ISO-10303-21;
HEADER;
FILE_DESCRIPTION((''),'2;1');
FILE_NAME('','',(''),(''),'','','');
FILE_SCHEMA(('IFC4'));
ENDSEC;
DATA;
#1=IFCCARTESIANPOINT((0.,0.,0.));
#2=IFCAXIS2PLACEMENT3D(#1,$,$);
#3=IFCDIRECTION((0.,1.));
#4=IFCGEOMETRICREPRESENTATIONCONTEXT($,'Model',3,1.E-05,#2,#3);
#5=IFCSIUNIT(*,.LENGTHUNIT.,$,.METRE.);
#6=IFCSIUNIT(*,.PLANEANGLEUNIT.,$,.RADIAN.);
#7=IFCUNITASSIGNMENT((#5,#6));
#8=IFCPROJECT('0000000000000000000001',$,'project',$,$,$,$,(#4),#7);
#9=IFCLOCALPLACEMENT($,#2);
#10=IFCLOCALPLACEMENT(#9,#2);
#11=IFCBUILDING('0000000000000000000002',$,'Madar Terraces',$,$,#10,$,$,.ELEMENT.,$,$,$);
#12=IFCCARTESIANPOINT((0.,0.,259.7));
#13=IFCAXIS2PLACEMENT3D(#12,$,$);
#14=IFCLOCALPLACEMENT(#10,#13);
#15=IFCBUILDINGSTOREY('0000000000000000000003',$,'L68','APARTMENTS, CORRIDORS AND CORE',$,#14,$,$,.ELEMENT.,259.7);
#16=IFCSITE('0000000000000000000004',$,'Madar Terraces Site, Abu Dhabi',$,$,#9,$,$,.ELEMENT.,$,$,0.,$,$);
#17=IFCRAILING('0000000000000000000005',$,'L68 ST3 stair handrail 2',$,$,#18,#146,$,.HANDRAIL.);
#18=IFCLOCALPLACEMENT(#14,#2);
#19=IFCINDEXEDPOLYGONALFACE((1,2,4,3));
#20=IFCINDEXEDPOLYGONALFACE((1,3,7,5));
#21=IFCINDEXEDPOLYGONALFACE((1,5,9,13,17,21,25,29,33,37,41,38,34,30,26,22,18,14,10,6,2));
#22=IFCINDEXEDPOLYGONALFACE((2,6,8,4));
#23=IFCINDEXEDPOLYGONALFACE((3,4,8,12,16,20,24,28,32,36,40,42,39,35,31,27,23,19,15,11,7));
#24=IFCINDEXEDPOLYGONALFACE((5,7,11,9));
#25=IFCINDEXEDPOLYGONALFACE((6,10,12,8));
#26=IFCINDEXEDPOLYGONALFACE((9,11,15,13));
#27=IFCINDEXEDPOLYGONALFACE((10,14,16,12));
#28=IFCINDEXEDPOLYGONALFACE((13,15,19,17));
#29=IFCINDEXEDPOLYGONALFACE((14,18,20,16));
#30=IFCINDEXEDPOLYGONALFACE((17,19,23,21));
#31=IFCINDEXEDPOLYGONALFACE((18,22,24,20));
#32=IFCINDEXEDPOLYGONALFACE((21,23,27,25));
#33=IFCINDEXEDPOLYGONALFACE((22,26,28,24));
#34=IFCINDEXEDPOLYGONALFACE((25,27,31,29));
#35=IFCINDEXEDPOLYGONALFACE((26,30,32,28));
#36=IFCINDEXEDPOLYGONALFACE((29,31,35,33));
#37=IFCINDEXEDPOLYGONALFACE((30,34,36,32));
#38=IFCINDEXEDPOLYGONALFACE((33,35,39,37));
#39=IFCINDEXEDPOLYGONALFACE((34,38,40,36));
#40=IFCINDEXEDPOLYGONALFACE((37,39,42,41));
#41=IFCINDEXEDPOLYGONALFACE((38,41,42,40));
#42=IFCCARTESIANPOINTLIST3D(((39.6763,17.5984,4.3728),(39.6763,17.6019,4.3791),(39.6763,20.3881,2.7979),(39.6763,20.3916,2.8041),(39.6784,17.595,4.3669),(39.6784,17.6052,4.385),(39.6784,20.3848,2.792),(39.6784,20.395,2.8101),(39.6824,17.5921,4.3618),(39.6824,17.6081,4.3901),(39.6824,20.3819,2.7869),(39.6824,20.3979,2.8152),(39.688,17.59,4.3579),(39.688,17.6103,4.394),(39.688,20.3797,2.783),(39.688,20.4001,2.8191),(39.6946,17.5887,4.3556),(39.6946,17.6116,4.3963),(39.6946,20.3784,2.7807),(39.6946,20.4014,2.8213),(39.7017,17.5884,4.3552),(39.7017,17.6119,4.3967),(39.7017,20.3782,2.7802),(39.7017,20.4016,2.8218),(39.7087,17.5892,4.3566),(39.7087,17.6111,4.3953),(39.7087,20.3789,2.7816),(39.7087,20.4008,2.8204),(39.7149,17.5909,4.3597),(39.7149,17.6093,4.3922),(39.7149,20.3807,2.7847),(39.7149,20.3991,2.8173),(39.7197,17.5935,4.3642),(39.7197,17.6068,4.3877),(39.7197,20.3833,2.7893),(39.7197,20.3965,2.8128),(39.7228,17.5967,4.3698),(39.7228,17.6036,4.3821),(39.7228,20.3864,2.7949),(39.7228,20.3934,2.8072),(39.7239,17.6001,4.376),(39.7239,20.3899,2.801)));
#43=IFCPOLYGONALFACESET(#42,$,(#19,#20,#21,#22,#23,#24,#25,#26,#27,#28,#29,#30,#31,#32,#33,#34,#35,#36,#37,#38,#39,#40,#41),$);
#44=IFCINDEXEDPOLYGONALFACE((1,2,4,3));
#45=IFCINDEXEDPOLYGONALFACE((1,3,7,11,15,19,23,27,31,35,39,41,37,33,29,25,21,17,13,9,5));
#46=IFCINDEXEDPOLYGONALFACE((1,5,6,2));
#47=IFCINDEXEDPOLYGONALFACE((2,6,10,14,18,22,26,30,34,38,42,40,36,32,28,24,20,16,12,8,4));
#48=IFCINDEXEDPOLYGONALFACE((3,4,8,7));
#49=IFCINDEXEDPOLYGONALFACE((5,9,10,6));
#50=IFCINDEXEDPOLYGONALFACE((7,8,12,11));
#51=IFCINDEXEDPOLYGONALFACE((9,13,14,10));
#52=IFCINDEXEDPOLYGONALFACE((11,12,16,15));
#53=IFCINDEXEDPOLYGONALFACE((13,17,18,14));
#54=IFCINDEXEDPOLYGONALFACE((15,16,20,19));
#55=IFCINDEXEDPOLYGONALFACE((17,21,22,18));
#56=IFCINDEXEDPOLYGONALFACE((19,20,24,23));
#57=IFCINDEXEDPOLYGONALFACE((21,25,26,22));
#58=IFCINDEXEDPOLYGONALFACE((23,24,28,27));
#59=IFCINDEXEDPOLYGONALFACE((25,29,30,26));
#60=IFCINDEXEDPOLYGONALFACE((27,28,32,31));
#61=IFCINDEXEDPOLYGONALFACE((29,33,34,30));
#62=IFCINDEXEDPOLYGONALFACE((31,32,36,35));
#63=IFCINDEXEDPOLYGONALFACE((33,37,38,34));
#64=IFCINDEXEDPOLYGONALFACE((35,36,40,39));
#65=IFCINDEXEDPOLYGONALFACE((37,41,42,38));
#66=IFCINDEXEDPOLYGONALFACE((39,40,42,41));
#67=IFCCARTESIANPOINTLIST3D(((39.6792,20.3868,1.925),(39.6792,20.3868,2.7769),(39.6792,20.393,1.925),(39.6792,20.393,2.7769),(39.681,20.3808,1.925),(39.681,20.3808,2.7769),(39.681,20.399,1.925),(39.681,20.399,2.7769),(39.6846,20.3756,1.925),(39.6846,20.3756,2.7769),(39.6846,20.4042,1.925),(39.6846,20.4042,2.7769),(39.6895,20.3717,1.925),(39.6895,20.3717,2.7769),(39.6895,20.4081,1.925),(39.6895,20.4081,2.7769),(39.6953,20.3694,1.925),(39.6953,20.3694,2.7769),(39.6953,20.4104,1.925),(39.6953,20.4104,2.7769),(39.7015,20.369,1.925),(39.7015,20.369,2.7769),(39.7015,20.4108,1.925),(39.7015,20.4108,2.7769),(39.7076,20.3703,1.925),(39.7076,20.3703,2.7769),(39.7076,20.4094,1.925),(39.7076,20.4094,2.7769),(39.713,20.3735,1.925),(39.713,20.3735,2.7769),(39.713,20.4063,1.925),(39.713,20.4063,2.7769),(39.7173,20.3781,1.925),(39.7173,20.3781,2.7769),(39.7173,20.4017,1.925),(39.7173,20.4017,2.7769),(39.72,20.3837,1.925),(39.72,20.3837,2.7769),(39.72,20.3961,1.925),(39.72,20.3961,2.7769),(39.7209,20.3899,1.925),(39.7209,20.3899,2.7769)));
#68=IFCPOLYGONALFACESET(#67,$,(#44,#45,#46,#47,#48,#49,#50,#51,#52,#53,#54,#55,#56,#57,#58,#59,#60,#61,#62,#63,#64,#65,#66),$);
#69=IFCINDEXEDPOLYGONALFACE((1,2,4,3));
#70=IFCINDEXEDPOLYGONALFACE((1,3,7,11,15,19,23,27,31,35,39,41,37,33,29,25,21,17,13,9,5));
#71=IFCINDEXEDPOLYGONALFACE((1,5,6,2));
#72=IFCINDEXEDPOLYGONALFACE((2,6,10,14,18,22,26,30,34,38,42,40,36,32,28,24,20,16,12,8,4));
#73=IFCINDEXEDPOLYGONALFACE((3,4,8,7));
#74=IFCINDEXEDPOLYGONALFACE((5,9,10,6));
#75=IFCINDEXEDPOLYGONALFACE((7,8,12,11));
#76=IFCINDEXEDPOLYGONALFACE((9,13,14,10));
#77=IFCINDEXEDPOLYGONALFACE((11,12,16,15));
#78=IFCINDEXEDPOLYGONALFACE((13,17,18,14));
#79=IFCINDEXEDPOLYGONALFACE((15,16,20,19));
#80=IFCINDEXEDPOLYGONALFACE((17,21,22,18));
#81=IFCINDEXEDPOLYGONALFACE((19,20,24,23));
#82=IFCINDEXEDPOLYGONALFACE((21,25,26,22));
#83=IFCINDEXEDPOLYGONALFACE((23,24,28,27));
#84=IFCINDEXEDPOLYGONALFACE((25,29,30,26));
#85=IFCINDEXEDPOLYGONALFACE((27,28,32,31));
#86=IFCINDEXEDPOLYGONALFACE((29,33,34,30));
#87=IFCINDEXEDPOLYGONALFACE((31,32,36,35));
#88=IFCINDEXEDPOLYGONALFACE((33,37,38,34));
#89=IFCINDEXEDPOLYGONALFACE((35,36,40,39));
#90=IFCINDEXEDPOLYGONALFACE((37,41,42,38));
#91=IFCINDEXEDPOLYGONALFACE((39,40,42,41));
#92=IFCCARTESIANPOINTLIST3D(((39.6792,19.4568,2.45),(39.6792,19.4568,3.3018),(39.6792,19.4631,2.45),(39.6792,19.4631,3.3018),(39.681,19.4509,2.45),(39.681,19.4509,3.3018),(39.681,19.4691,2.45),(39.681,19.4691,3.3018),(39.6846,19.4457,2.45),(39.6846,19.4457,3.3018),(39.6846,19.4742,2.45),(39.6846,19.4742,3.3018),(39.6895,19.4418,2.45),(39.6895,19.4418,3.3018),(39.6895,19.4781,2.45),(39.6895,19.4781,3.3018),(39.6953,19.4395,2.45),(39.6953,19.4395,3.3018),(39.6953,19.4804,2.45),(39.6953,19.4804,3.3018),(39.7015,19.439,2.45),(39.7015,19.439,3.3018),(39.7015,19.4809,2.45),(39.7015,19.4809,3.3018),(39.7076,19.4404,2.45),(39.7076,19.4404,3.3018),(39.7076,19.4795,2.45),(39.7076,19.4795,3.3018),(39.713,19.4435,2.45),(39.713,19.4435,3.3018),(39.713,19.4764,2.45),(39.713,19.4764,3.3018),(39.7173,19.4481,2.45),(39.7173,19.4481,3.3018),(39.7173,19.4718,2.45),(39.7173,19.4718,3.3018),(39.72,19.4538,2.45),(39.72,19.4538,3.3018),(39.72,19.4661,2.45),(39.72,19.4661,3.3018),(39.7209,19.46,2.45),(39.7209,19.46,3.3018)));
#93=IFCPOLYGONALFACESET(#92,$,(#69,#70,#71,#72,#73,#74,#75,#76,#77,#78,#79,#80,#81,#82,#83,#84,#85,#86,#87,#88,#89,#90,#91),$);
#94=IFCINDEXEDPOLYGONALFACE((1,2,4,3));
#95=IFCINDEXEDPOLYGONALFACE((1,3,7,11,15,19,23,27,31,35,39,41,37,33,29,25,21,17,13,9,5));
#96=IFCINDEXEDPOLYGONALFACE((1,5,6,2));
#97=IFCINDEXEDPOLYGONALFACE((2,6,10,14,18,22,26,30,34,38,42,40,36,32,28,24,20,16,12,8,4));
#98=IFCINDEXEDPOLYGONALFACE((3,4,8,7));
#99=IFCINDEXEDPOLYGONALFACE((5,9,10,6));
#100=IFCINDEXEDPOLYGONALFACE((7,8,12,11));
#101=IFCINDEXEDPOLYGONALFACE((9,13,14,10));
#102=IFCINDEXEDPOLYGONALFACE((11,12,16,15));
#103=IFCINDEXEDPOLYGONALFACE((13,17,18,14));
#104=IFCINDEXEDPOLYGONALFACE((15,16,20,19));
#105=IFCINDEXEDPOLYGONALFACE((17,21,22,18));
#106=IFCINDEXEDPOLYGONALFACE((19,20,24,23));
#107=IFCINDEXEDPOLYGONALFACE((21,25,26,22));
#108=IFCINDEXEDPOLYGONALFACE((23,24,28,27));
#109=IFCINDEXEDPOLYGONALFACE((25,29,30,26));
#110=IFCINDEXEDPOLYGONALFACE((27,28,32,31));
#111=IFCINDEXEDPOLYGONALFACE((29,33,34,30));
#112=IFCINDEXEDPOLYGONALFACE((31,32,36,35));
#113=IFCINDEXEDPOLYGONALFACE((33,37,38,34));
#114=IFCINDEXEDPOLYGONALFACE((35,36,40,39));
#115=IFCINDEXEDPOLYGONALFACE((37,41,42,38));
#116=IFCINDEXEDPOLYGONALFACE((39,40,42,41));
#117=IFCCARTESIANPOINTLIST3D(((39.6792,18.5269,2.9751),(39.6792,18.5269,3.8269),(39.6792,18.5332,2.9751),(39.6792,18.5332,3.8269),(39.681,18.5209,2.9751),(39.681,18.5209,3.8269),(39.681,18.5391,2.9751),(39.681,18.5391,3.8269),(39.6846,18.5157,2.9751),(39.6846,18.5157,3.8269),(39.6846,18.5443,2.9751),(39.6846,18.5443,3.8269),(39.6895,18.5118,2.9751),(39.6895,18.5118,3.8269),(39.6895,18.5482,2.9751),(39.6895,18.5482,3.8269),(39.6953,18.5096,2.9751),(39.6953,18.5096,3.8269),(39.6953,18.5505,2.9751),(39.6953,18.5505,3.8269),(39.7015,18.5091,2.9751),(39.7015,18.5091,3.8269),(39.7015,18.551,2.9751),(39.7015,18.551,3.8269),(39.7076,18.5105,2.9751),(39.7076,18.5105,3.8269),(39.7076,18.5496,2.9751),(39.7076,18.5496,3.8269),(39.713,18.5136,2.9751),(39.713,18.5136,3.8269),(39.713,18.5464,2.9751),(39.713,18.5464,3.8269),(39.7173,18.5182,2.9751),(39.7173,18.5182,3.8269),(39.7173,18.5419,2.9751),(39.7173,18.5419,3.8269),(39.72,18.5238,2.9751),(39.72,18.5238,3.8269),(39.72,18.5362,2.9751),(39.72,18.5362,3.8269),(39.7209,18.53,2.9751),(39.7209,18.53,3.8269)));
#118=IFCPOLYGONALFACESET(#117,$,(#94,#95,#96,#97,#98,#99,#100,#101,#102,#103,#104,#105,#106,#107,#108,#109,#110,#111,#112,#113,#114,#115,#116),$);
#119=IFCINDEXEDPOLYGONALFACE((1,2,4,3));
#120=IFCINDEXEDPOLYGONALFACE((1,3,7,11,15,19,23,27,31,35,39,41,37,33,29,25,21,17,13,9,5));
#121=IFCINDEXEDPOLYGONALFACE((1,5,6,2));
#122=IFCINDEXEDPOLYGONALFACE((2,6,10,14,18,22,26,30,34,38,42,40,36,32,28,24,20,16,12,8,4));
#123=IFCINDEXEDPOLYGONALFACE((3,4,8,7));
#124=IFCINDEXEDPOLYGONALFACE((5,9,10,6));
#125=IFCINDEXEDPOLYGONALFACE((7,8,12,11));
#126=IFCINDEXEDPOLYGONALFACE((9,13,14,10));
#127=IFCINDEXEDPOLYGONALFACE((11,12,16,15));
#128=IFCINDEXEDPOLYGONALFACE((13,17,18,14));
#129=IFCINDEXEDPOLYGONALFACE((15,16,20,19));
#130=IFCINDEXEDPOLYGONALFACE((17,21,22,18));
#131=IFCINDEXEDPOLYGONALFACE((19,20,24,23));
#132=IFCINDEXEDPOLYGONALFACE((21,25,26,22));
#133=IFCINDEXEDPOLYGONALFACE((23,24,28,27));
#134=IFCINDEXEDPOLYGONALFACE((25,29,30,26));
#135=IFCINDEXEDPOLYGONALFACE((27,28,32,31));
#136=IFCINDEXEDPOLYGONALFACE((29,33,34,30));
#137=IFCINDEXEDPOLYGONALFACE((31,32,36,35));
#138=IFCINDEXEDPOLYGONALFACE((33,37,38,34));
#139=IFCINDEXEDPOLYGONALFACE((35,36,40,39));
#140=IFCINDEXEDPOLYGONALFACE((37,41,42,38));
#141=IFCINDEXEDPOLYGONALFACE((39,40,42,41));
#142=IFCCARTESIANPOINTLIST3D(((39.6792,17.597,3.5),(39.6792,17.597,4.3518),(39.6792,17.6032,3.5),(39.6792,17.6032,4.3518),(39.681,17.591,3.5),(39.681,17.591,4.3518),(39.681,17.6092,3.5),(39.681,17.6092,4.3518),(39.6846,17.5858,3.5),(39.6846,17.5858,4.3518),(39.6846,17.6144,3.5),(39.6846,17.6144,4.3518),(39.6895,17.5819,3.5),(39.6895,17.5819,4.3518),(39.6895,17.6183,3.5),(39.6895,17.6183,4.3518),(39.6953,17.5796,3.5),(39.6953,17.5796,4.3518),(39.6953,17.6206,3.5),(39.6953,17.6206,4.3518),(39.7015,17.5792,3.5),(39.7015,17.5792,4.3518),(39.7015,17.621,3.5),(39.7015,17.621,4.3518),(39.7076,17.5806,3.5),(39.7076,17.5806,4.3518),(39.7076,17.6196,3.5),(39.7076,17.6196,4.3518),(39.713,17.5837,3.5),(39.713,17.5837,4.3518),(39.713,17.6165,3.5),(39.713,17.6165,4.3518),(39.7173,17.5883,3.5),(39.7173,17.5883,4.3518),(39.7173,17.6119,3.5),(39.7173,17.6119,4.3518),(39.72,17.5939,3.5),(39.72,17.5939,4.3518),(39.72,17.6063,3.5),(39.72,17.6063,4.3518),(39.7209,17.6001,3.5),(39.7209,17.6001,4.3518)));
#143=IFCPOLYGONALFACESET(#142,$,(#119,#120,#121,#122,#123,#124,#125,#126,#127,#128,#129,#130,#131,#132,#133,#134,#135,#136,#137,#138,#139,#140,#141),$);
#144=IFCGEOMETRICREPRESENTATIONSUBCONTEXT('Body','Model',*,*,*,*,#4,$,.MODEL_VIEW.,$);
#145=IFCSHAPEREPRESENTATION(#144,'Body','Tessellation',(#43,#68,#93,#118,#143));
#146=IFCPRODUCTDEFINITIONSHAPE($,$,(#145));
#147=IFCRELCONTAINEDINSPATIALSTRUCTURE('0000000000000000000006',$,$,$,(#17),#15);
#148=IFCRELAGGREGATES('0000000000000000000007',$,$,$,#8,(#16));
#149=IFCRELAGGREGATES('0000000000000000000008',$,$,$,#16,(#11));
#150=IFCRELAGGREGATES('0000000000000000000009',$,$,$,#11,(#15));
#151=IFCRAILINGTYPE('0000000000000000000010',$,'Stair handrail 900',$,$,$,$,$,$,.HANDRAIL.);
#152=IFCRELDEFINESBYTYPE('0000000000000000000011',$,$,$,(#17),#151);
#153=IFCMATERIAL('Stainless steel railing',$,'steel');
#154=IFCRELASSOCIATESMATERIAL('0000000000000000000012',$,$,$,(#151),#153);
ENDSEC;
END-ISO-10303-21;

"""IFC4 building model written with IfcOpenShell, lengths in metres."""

from ifc_helpers import new_model, si_unit, direction, frame, origin, origin_2d, place, context, subcontext, project, spatial, circle, extrude, material, type_object, element, save


model = new_model("IFC4")

# Units and contexts
model_context = context("Model", 3, precision=1e-05, world=origin(), true_north=direction((0.0, 1.0)))
body_context = subcontext(model_context, "Body", "Model", "MODEL_VIEW")
ifc_project = project(units=[si_unit("LENGTHUNIT", "METRE"), si_unit("PLANEANGLEUNIT", "RADIAN")], contexts=[model_context])

# Site, building, storey
site_placement = place(None, origin())
site = spatial("IfcSite", under=ifc_project, at=site_placement, Name="Madar Terraces Site, Abu Dhabi", CompositionType="ELEMENT", RefElevation=0.0)
building_placement = place(site_placement, origin())
building = spatial("IfcBuilding", under=site, at=building_placement, Name="Madar Terraces", CompositionType="ELEMENT")
storey_placement = place(building_placement, frame((0.0, 0.0, 259.7)))
storey = spatial("IfcBuildingStorey", under=building, at=storey_placement, Name="L68", Description="APARTMENTS, CORRIDORS AND CORE", CompositionType="ELEMENT", Elevation=259.7)

# Railing
ifc_material_1 = material(Name="Stainless steel railing", Category="steel")
railing_type_1 = type_object("IfcRailingType", Name="Stair handrail 900", PredefinedType="HANDRAIL", material=ifc_material_1)
railing_1_placement = place(storey_placement, frame((39.7, 20.3899, 1.925)))
element("IfcRailing", 1, at=railing_1_placement, inside=storey, type_object=railing_type_1, Name="L68 ST3 stair handrail 2", PredefinedType="HANDRAIL", context=body_context, shape_type="SweptSolid", body=[
    extrude(circle(Radius=0.0239, at=origin_2d()), frame((0.0, 0.0, 0.876), z_axis=(0.0, -0.870815, 0.49161), x_axis=(1.0, 0.0, 0.0)), (0.0, 0.0, 1.0), 3.2036),
    extrude(circle(Radius=0.021, at=origin_2d()), origin(), (0.0, 0.0, 1.0), 0.8518),
    extrude(circle(Radius=0.021, at=origin_2d()), frame((0.0, -0.9299, 0.5249)), (0.0, 0.0, 1.0), 0.8518),
    extrude(circle(Radius=0.021, at=origin_2d()), frame((0.0, -1.8599, 1.05)), (0.0, 0.0, 1.0), 0.8518),
    extrude(circle(Radius=0.021, at=origin_2d()), frame((0.0, -2.7898, 1.575)), (0.0, 0.0, 1.0), 0.8518),
])

save(model, "model.ifc")
